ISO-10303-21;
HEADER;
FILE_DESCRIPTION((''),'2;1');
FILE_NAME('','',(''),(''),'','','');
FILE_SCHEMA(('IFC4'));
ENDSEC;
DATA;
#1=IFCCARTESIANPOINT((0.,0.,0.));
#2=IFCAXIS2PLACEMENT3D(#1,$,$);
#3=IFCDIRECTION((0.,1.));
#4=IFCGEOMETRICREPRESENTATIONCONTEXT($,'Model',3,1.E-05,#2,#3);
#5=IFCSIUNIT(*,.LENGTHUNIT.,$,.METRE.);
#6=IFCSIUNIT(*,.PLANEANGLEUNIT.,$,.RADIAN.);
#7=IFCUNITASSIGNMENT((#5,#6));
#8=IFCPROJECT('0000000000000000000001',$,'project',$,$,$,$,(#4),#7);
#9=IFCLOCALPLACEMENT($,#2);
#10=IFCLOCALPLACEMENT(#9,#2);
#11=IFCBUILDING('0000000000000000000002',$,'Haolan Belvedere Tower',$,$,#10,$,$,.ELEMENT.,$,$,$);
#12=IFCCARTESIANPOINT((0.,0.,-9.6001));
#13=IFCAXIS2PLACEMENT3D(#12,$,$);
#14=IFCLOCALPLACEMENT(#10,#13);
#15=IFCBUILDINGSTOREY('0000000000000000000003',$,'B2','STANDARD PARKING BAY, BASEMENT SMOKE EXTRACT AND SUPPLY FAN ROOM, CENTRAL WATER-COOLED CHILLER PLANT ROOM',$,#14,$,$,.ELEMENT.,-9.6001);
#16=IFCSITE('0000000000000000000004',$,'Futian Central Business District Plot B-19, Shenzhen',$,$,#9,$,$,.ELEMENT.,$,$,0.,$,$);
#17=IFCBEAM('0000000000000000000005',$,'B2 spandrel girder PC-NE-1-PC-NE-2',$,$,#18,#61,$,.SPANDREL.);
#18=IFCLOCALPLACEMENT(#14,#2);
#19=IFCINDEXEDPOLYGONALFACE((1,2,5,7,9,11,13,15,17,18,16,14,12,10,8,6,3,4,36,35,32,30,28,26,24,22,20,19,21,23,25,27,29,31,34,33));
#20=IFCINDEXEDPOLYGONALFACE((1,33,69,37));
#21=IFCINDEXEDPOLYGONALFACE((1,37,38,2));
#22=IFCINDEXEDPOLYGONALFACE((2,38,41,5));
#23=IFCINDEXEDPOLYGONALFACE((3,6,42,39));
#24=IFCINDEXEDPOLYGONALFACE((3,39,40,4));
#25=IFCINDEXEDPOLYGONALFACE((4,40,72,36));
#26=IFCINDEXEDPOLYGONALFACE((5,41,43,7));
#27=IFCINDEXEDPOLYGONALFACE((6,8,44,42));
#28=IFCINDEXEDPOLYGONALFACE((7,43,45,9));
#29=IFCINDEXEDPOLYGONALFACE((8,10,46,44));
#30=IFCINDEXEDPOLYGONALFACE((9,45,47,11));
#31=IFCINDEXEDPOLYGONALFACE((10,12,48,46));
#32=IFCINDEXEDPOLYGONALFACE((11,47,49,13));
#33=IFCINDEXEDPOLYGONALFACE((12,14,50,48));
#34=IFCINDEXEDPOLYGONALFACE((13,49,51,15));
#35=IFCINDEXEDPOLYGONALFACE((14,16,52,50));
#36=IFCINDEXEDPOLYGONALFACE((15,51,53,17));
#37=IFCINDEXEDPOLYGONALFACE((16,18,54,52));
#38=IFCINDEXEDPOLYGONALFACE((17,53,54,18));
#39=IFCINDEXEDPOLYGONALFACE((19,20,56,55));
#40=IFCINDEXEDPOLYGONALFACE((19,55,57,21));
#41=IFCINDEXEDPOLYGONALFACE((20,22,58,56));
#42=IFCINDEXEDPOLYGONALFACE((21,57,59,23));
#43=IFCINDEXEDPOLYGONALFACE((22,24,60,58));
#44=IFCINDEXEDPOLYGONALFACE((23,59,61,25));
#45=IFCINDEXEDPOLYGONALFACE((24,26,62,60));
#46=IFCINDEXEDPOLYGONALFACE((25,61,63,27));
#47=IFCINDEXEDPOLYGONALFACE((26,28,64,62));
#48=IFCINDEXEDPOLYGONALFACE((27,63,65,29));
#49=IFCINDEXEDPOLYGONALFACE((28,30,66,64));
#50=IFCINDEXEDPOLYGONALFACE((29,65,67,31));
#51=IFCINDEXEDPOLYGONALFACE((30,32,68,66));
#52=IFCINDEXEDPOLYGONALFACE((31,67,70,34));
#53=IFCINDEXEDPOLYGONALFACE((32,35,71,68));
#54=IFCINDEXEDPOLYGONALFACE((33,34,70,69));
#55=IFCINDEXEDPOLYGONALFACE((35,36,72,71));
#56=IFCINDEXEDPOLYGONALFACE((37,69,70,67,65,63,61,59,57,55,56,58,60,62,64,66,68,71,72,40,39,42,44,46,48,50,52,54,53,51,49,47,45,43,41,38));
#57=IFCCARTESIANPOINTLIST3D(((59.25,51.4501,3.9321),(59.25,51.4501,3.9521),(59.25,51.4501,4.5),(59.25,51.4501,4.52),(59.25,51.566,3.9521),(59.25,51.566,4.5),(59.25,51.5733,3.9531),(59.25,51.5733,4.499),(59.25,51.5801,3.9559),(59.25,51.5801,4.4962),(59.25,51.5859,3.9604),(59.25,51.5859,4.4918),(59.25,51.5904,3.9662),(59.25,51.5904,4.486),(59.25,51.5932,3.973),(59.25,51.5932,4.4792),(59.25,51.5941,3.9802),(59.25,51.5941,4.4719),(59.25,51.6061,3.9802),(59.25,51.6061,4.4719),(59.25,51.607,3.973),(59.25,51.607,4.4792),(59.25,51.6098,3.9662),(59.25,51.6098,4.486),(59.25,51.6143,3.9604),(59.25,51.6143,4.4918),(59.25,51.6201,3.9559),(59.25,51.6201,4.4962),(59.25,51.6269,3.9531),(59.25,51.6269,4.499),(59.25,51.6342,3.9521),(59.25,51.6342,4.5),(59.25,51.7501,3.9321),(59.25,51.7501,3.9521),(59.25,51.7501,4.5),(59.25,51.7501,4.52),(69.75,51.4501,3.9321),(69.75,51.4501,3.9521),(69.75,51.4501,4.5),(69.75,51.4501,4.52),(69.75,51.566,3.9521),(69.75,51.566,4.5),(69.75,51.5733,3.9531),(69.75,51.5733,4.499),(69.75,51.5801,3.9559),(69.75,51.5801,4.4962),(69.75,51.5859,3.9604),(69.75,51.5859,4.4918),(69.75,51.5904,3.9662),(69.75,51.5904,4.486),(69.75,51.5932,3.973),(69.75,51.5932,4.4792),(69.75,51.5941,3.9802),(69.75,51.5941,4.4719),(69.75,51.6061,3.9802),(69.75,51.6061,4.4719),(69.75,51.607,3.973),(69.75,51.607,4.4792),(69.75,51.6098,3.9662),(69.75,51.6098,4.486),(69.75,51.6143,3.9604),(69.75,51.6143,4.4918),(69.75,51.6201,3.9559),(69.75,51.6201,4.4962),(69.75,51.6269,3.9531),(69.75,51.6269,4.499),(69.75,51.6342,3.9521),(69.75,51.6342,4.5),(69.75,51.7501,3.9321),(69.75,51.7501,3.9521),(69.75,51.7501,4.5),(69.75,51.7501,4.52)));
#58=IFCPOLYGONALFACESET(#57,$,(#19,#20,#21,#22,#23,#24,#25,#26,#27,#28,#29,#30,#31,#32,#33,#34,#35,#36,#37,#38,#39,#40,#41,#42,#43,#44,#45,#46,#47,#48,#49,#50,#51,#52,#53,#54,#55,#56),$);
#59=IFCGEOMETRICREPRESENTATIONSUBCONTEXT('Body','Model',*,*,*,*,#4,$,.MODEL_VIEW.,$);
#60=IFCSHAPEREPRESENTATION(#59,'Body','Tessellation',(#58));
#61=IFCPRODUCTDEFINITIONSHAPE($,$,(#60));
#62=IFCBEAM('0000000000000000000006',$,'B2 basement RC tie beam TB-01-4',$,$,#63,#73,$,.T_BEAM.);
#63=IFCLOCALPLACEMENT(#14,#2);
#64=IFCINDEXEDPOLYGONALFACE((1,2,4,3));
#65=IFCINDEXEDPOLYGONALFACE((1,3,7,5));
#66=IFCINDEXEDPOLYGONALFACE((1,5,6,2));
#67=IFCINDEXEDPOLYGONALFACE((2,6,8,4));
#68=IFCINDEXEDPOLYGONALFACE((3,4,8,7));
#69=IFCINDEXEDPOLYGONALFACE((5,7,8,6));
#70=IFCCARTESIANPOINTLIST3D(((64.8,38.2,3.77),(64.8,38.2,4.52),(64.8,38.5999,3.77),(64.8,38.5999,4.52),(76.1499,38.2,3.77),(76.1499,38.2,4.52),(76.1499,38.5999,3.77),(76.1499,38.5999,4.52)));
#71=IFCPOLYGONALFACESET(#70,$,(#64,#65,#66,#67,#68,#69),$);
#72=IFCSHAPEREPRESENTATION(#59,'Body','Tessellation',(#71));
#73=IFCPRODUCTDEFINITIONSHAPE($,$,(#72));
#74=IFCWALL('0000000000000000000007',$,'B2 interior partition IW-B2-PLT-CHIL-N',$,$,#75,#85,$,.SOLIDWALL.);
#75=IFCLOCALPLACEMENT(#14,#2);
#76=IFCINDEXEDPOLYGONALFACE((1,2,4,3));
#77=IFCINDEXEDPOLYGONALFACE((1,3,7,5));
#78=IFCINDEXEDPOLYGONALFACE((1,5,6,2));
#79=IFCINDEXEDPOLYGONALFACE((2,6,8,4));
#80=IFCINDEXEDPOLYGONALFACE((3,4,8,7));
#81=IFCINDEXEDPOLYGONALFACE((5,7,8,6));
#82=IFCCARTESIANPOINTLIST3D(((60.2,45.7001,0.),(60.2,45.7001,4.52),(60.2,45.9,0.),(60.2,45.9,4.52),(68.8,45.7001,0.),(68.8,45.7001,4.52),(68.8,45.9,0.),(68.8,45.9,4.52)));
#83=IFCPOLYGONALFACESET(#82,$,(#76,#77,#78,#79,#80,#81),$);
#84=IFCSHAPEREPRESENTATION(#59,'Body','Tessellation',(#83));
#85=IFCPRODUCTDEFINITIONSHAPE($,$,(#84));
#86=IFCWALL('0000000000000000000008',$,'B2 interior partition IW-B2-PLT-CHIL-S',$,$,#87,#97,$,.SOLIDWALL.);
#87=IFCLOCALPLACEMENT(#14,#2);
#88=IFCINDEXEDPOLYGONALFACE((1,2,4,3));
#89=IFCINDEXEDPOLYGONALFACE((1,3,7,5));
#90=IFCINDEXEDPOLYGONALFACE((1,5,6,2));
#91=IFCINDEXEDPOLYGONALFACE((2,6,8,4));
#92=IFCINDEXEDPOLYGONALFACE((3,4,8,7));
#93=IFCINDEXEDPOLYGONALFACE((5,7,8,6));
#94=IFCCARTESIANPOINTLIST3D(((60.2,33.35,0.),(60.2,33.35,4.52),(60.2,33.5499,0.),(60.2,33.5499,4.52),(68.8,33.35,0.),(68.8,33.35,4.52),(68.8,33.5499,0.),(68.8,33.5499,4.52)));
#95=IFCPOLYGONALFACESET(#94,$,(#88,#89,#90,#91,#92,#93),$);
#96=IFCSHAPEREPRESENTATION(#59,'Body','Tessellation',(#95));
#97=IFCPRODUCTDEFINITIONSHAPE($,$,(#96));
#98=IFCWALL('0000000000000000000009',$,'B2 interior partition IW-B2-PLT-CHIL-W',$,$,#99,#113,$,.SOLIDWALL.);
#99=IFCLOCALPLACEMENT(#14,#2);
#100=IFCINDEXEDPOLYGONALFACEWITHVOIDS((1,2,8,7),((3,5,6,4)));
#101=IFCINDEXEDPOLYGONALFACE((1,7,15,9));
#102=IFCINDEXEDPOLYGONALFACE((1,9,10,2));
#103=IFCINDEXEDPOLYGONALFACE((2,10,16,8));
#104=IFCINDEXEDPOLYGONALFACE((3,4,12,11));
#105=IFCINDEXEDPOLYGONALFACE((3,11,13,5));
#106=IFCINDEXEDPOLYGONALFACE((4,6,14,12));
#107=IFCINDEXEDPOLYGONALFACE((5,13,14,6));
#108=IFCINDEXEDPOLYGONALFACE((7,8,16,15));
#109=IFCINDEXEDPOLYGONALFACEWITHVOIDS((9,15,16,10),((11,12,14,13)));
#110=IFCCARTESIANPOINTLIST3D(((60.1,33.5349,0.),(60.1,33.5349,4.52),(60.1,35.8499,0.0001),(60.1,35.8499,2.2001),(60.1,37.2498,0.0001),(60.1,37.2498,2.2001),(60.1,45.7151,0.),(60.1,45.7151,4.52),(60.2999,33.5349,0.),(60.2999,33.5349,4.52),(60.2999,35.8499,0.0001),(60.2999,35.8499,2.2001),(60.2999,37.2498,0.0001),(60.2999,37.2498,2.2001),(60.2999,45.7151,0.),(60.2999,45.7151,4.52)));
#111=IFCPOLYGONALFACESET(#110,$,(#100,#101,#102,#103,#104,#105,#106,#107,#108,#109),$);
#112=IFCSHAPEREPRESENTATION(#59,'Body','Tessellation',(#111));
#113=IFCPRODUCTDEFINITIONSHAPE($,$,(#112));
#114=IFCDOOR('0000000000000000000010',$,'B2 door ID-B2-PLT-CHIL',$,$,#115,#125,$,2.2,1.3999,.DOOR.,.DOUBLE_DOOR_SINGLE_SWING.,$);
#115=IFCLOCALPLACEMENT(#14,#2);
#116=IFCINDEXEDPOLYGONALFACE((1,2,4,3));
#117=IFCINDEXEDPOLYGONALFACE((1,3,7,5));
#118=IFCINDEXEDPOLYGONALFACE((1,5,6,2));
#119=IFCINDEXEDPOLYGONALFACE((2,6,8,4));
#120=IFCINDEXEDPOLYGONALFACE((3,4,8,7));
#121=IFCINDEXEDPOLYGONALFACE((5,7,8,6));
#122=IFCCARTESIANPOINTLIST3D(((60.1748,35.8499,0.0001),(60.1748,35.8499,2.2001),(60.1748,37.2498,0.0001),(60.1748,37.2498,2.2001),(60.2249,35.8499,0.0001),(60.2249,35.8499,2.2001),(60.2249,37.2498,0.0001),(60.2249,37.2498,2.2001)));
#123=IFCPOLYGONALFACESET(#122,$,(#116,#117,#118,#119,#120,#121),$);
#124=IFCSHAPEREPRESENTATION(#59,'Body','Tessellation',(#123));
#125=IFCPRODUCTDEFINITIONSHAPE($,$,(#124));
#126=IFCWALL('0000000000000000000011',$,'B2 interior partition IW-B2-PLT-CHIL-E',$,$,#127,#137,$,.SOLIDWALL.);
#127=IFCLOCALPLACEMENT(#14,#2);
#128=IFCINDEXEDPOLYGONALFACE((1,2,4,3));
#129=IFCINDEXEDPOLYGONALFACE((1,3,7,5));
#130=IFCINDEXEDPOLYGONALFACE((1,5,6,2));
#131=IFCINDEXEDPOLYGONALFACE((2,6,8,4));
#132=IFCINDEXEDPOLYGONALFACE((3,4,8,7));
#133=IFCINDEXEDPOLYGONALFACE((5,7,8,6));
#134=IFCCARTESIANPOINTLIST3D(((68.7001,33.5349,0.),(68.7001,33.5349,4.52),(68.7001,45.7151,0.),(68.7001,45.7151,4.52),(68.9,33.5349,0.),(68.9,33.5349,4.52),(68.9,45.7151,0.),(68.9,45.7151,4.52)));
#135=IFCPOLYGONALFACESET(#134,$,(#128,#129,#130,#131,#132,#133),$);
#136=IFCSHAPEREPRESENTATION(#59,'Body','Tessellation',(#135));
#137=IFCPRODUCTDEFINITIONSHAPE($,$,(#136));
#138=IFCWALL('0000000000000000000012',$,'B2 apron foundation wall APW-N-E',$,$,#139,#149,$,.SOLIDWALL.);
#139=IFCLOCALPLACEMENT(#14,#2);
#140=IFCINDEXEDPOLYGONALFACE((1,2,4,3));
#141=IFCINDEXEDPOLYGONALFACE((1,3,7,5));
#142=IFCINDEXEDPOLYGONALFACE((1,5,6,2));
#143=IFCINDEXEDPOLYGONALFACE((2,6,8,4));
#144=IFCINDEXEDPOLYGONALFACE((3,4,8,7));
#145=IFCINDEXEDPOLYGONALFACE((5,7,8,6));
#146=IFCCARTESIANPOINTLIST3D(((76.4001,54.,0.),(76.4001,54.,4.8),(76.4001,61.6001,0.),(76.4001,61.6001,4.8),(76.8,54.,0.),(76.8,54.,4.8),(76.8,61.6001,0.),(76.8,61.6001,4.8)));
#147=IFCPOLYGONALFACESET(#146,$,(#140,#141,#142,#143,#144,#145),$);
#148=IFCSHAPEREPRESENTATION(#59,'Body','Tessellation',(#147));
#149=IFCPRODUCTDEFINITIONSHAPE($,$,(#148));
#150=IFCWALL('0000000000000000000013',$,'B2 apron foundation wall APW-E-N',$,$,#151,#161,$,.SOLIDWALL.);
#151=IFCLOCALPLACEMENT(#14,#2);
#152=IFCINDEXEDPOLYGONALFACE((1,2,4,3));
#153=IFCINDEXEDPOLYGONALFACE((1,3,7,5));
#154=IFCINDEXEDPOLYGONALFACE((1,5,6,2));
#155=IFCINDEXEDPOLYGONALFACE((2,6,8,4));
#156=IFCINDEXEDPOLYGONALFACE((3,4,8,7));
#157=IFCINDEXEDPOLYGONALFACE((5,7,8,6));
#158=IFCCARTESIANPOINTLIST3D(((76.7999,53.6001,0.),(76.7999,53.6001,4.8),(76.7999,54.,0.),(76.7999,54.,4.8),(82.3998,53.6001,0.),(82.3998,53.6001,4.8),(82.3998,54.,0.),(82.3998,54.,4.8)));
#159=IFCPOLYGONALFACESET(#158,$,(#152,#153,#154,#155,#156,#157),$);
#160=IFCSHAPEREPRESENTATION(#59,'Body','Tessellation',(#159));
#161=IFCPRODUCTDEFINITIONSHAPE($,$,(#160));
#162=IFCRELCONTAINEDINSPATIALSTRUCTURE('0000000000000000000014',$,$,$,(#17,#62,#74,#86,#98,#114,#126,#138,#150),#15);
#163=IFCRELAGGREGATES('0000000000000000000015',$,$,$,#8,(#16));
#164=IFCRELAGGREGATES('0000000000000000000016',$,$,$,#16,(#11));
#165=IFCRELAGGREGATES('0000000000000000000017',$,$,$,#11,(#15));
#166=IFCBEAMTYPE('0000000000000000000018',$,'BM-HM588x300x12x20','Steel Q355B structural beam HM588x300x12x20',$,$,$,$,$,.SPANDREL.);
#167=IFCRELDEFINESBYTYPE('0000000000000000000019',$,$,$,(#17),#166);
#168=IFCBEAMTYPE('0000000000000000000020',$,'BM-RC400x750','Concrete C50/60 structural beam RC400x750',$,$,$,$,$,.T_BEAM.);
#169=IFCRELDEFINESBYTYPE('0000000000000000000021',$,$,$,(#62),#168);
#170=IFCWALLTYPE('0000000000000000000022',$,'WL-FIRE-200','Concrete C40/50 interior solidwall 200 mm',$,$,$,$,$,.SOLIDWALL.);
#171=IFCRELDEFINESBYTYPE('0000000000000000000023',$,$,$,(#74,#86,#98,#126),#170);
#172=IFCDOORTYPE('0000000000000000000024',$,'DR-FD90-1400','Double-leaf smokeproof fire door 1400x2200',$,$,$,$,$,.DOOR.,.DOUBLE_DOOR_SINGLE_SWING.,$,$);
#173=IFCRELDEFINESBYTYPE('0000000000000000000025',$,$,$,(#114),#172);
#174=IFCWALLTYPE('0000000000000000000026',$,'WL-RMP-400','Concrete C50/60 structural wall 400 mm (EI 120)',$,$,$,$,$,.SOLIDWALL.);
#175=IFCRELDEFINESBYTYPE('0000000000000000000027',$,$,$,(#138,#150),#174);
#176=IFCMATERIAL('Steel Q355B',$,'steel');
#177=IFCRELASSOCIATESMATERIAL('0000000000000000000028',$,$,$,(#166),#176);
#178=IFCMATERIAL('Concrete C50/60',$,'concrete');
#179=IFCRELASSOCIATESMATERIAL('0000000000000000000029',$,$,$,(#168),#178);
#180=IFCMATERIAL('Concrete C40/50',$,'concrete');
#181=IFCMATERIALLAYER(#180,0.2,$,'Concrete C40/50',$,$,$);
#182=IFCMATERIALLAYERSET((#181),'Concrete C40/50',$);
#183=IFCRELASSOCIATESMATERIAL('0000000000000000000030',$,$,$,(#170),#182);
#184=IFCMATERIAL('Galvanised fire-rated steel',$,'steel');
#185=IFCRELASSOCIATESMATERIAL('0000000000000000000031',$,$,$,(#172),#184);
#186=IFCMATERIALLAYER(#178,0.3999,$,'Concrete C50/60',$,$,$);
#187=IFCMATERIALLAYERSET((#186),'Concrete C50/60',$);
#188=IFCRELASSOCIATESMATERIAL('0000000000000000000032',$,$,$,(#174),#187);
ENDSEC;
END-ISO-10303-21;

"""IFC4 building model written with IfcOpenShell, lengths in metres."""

from ifc_helpers import new_model, si_unit, direction, frame, frame_2d, origin, origin_2d, place, context, subcontext, project, spatial, rectangle, i_section, extrude, material, layer, layer_set, material_profile, profile_set, type_object, element, fill, save


model = new_model("IFC4")

# Units and contexts
model_context = context("Model", 3, precision=1e-05, world=origin(), true_north=direction((0.0, 1.0)))
body_context = subcontext(model_context, "Body", "Model", "MODEL_VIEW")
ifc_project = project(units=[si_unit("LENGTHUNIT", "METRE"), si_unit("PLANEANGLEUNIT", "RADIAN")], contexts=[model_context])

# Site, building, storey
site_placement = place(None, origin())
site = spatial("IfcSite", under=ifc_project, at=site_placement, Name="Futian Central Business District Plot B-19, Shenzhen", CompositionType="ELEMENT", RefElevation=0.0)
building_placement = place(site_placement, origin())
building = spatial("IfcBuilding", under=site, at=building_placement, Name="Haolan Belvedere Tower", CompositionType="ELEMENT")
storey_placement = place(building_placement, frame((0.0, 0.0, -9.6001)))
storey = spatial("IfcBuildingStorey", under=building, at=storey_placement, Name="B2", Description="STANDARD PARKING BAY, BASEMENT SMOKE EXTRACT AND SUPPLY FAN ROOM, CENTRAL WATER-COOLED CHILLER PLANT ROOM", CompositionType="ELEMENT", Elevation=-9.6001)

# Shared definitions
ifc_material_1 = material(Name="Concrete C50/60", Category="concrete")

# Shared definitions
ifc_material_2 = material(Name="Steel Q355B", Category="steel")

# Beams
ifc_material_profile_1 = material_profile(ifc_material_2, i_section(OverallWidth=0.3, OverallDepth=0.5879, WebThickness=0.012, FlangeThickness=0.02, FilletRadius=0.0281, at=origin_2d()), Name="Steel Q355B")
ifc_profile_set_1 = profile_set([ifc_material_profile_1], Name="Steel Q355B")
beam_type_1 = type_object("IfcBeamType", Name="BM-HM588x300x12x20", Description="Steel Q355B structural beam HM588x300x12x20", PredefinedType="SPANDREL", material=ifc_profile_set_1)
beam_1_placement = place(storey_placement, frame((59.25, 51.6001, 4.2261), z_axis=(1.0, 0.0, 0.0), x_axis=(0.0, 1.0, 0.0)))
element("IfcBeam", 1, at=beam_1_placement, inside=storey, type_object=beam_type_1, Name="B2 spandrel girder PC-NE-1-PC-NE-2", PredefinedType="SPANDREL", context=body_context, shape_type="SweptSolid", body=[
    extrude(i_section(OverallWidth=0.3, OverallDepth=0.5879, WebThickness=0.012, FlangeThickness=0.02, FilletRadius=0.0281, at=origin_2d()), origin(), (0.0, 0.0, 1.0), 10.5),
])
ifc_material_profile_2 = material_profile(ifc_material_1, rectangle(XDim=0.3999, YDim=0.75, at=origin_2d()), Name="Concrete C50/60")
ifc_profile_set_2 = profile_set([ifc_material_profile_2], Name="Concrete C50/60")
beam_type_2 = type_object("IfcBeamType", Name="BM-RC400x750", Description="Concrete C50/60 structural beam RC400x750", PredefinedType="T_BEAM", material=ifc_profile_set_2)
beam_2_placement = place(storey_placement, frame((64.8, 38.3999, 4.145), z_axis=(1.0, 0.0, 0.0), x_axis=(0.0, 1.0, 0.0)))
element("IfcBeam", 2, at=beam_2_placement, inside=storey, type_object=beam_type_2, Name="B2 basement RC tie beam TB-01-4", PredefinedType="T_BEAM", context=body_context, shape_type="SweptSolid", body=[
    extrude(rectangle(XDim=0.3999, YDim=0.75, at=origin_2d()), origin(), (0.0, 0.0, 1.0), 11.3499),
])

# Walls
ifc_material_3 = material(Name="Concrete C40/50", Category="concrete")
ifc_layer_1 = layer(ifc_material_3, 0.2, Name="Concrete C40/50")
ifc_layer_set_1 = layer_set([ifc_layer_1], Name="Concrete C40/50")
wall_type_1 = type_object("IfcWallType", Name="WL-FIRE-200", Description="Concrete C40/50 interior solidwall 200 mm", PredefinedType="SOLIDWALL", material=ifc_layer_set_1)
for number, where, z_axis, x_axis, name in (
    (3, (60.2, 45.8, 0.0), (0.0, 0.0, 1.0), (1.0, 0.0, 0.0), "B2 interior partition IW-B2-PLT-CHIL-N"),
    (4, (60.2, 33.45, 0.0), (0.0, 0.0, 1.0), (1.0, 0.0, 0.0), "B2 interior partition IW-B2-PLT-CHIL-S"),
):
    element("IfcWall", number, at=place(storey_placement, frame(where, z_axis=z_axis, x_axis=x_axis)), inside=storey, type_object=wall_type_1, Name=name, PredefinedType="SOLIDWALL", context=body_context, shape_type="SweptSolid", body=[
        extrude(rectangle(XDim=8.6001, YDim=0.2, at=frame_2d((4.3, 0.0))), origin(), (0.0, 0.0, 1.0), 4.52),
    ])

# Wall, opening, door
wall_1_placement = place(storey_placement, frame((60.2, 33.5349, 0.0), z_axis=(0.0, 0.0, 1.0), x_axis=(0.0, 1.0, 0.0)))
wall_1 = element("IfcWall", 5, at=wall_1_placement, inside=storey, type_object=wall_type_1, Name="B2 interior partition IW-B2-PLT-CHIL-W", PredefinedType="SOLIDWALL", context=body_context, shape_type="SweptSolid", body=[
    extrude(rectangle(XDim=12.1802, YDim=0.2, at=frame_2d((6.0901, 0.0))), origin(), (0.0, 0.0, 1.0), 4.52),
])
opening_placement = place(wall_1_placement, frame((3.7148, 0.0, 0.0), z_axis=(0.0, 0.0, 1.0), x_axis=(-1.0, 0.0, 0.0)))
opening = element("IfcOpeningElement", 6, at=opening_placement, cuts=wall_1, PredefinedType="OPENING", context=body_context, shape_type="SweptSolid", body=[
    extrude(rectangle(XDim=1.3999, YDim=2.2, at=frame_2d((0.7, 1.1001))), frame((0.0, 0.1099, 0.0), z_axis=(0.0, -1.0, 0.0), x_axis=(1.0, 0.0, 0.0)), (0.0, 0.0, 1.0), 0.22),
])
ifc_material_4 = material(Name="Galvanised fire-rated steel", Category="steel")
door_type = type_object("IfcDoorType", Name="DR-FD90-1400", Description="Double-leaf smokeproof fire door 1400x2200", OperationType="DOUBLE_DOOR_SINGLE_SWING", PredefinedType="DOOR", material=ifc_material_4)
door_placement = place(opening_placement, origin())
door = element("IfcDoor", 7, at=door_placement, inside=storey, type_object=door_type, Name="B2 door ID-B2-PLT-CHIL", OperationType="DOUBLE_DOOR_SINGLE_SWING", OverallHeight=2.2, OverallWidth=1.3999, PredefinedType="DOOR", context=body_context, shape_type="SweptSolid", body=[
    extrude(rectangle(XDim=1.3999, YDim=2.2, at=frame_2d((0.7, 1.1001))), frame((0.0, 0.0249, 0.0), z_axis=(0.0, -1.0, 0.0), x_axis=(1.0, 0.0, 0.0)), (0.0, 0.0, 1.0), 0.05),
])
fill(opening, door)

# Walls
wall_2_placement = place(storey_placement, frame((68.8, 33.5349, 0.0), z_axis=(0.0, 0.0, 1.0), x_axis=(0.0, 1.0, 0.0)))
element("IfcWall", 8, at=wall_2_placement, inside=storey, type_object=wall_type_1, Name="B2 interior partition IW-B2-PLT-CHIL-E", PredefinedType="SOLIDWALL", context=body_context, shape_type="SweptSolid", body=[
    extrude(rectangle(XDim=12.1802, YDim=0.2, at=frame_2d((6.0901, 0.0))), origin(), (0.0, 0.0, 1.0), 4.52),
])
ifc_layer_2 = layer(ifc_material_1, 0.3999, Name="Concrete C50/60")
ifc_layer_set_2 = layer_set([ifc_layer_2], Name="Concrete C50/60")
wall_type_2 = type_object("IfcWallType", Name="WL-RMP-400", Description="Concrete C50/60 structural wall 400 mm (EI 120)", PredefinedType="SOLIDWALL", material=ifc_layer_set_2)
wall_3_placement = place(storey_placement, frame((76.6001, 54.0, 0.0), z_axis=(0.0, 0.0, 1.0), x_axis=(0.0, 1.0, 0.0)))
element("IfcWall", 9, at=wall_3_placement, inside=storey, type_object=wall_type_2, Name="B2 apron foundation wall APW-N-E", PredefinedType="SOLIDWALL", context=body_context, shape_type="SweptSolid", body=[
    extrude(rectangle(XDim=7.6001, YDim=0.3999, at=frame_2d((3.8, 0.0))), origin(), (0.0, 0.0, 1.0), 4.8),
])
wall_4_placement = place(storey_placement, frame((76.8, 53.8, 0.0), z_axis=(0.0, 0.0, 1.0), x_axis=(1.0, 0.0, 0.0)))
element("IfcWall", 10, at=wall_4_placement, inside=storey, type_object=wall_type_2, Name="B2 apron foundation wall APW-E-N", PredefinedType="SOLIDWALL", context=body_context, shape_type="SweptSolid", body=[
    extrude(rectangle(XDim=5.5999, YDim=0.3999, at=frame_2d((2.7998, 0.0))), origin(), (0.0, 0.0, 1.0), 4.8),
])

save(model, "model.ifc")
